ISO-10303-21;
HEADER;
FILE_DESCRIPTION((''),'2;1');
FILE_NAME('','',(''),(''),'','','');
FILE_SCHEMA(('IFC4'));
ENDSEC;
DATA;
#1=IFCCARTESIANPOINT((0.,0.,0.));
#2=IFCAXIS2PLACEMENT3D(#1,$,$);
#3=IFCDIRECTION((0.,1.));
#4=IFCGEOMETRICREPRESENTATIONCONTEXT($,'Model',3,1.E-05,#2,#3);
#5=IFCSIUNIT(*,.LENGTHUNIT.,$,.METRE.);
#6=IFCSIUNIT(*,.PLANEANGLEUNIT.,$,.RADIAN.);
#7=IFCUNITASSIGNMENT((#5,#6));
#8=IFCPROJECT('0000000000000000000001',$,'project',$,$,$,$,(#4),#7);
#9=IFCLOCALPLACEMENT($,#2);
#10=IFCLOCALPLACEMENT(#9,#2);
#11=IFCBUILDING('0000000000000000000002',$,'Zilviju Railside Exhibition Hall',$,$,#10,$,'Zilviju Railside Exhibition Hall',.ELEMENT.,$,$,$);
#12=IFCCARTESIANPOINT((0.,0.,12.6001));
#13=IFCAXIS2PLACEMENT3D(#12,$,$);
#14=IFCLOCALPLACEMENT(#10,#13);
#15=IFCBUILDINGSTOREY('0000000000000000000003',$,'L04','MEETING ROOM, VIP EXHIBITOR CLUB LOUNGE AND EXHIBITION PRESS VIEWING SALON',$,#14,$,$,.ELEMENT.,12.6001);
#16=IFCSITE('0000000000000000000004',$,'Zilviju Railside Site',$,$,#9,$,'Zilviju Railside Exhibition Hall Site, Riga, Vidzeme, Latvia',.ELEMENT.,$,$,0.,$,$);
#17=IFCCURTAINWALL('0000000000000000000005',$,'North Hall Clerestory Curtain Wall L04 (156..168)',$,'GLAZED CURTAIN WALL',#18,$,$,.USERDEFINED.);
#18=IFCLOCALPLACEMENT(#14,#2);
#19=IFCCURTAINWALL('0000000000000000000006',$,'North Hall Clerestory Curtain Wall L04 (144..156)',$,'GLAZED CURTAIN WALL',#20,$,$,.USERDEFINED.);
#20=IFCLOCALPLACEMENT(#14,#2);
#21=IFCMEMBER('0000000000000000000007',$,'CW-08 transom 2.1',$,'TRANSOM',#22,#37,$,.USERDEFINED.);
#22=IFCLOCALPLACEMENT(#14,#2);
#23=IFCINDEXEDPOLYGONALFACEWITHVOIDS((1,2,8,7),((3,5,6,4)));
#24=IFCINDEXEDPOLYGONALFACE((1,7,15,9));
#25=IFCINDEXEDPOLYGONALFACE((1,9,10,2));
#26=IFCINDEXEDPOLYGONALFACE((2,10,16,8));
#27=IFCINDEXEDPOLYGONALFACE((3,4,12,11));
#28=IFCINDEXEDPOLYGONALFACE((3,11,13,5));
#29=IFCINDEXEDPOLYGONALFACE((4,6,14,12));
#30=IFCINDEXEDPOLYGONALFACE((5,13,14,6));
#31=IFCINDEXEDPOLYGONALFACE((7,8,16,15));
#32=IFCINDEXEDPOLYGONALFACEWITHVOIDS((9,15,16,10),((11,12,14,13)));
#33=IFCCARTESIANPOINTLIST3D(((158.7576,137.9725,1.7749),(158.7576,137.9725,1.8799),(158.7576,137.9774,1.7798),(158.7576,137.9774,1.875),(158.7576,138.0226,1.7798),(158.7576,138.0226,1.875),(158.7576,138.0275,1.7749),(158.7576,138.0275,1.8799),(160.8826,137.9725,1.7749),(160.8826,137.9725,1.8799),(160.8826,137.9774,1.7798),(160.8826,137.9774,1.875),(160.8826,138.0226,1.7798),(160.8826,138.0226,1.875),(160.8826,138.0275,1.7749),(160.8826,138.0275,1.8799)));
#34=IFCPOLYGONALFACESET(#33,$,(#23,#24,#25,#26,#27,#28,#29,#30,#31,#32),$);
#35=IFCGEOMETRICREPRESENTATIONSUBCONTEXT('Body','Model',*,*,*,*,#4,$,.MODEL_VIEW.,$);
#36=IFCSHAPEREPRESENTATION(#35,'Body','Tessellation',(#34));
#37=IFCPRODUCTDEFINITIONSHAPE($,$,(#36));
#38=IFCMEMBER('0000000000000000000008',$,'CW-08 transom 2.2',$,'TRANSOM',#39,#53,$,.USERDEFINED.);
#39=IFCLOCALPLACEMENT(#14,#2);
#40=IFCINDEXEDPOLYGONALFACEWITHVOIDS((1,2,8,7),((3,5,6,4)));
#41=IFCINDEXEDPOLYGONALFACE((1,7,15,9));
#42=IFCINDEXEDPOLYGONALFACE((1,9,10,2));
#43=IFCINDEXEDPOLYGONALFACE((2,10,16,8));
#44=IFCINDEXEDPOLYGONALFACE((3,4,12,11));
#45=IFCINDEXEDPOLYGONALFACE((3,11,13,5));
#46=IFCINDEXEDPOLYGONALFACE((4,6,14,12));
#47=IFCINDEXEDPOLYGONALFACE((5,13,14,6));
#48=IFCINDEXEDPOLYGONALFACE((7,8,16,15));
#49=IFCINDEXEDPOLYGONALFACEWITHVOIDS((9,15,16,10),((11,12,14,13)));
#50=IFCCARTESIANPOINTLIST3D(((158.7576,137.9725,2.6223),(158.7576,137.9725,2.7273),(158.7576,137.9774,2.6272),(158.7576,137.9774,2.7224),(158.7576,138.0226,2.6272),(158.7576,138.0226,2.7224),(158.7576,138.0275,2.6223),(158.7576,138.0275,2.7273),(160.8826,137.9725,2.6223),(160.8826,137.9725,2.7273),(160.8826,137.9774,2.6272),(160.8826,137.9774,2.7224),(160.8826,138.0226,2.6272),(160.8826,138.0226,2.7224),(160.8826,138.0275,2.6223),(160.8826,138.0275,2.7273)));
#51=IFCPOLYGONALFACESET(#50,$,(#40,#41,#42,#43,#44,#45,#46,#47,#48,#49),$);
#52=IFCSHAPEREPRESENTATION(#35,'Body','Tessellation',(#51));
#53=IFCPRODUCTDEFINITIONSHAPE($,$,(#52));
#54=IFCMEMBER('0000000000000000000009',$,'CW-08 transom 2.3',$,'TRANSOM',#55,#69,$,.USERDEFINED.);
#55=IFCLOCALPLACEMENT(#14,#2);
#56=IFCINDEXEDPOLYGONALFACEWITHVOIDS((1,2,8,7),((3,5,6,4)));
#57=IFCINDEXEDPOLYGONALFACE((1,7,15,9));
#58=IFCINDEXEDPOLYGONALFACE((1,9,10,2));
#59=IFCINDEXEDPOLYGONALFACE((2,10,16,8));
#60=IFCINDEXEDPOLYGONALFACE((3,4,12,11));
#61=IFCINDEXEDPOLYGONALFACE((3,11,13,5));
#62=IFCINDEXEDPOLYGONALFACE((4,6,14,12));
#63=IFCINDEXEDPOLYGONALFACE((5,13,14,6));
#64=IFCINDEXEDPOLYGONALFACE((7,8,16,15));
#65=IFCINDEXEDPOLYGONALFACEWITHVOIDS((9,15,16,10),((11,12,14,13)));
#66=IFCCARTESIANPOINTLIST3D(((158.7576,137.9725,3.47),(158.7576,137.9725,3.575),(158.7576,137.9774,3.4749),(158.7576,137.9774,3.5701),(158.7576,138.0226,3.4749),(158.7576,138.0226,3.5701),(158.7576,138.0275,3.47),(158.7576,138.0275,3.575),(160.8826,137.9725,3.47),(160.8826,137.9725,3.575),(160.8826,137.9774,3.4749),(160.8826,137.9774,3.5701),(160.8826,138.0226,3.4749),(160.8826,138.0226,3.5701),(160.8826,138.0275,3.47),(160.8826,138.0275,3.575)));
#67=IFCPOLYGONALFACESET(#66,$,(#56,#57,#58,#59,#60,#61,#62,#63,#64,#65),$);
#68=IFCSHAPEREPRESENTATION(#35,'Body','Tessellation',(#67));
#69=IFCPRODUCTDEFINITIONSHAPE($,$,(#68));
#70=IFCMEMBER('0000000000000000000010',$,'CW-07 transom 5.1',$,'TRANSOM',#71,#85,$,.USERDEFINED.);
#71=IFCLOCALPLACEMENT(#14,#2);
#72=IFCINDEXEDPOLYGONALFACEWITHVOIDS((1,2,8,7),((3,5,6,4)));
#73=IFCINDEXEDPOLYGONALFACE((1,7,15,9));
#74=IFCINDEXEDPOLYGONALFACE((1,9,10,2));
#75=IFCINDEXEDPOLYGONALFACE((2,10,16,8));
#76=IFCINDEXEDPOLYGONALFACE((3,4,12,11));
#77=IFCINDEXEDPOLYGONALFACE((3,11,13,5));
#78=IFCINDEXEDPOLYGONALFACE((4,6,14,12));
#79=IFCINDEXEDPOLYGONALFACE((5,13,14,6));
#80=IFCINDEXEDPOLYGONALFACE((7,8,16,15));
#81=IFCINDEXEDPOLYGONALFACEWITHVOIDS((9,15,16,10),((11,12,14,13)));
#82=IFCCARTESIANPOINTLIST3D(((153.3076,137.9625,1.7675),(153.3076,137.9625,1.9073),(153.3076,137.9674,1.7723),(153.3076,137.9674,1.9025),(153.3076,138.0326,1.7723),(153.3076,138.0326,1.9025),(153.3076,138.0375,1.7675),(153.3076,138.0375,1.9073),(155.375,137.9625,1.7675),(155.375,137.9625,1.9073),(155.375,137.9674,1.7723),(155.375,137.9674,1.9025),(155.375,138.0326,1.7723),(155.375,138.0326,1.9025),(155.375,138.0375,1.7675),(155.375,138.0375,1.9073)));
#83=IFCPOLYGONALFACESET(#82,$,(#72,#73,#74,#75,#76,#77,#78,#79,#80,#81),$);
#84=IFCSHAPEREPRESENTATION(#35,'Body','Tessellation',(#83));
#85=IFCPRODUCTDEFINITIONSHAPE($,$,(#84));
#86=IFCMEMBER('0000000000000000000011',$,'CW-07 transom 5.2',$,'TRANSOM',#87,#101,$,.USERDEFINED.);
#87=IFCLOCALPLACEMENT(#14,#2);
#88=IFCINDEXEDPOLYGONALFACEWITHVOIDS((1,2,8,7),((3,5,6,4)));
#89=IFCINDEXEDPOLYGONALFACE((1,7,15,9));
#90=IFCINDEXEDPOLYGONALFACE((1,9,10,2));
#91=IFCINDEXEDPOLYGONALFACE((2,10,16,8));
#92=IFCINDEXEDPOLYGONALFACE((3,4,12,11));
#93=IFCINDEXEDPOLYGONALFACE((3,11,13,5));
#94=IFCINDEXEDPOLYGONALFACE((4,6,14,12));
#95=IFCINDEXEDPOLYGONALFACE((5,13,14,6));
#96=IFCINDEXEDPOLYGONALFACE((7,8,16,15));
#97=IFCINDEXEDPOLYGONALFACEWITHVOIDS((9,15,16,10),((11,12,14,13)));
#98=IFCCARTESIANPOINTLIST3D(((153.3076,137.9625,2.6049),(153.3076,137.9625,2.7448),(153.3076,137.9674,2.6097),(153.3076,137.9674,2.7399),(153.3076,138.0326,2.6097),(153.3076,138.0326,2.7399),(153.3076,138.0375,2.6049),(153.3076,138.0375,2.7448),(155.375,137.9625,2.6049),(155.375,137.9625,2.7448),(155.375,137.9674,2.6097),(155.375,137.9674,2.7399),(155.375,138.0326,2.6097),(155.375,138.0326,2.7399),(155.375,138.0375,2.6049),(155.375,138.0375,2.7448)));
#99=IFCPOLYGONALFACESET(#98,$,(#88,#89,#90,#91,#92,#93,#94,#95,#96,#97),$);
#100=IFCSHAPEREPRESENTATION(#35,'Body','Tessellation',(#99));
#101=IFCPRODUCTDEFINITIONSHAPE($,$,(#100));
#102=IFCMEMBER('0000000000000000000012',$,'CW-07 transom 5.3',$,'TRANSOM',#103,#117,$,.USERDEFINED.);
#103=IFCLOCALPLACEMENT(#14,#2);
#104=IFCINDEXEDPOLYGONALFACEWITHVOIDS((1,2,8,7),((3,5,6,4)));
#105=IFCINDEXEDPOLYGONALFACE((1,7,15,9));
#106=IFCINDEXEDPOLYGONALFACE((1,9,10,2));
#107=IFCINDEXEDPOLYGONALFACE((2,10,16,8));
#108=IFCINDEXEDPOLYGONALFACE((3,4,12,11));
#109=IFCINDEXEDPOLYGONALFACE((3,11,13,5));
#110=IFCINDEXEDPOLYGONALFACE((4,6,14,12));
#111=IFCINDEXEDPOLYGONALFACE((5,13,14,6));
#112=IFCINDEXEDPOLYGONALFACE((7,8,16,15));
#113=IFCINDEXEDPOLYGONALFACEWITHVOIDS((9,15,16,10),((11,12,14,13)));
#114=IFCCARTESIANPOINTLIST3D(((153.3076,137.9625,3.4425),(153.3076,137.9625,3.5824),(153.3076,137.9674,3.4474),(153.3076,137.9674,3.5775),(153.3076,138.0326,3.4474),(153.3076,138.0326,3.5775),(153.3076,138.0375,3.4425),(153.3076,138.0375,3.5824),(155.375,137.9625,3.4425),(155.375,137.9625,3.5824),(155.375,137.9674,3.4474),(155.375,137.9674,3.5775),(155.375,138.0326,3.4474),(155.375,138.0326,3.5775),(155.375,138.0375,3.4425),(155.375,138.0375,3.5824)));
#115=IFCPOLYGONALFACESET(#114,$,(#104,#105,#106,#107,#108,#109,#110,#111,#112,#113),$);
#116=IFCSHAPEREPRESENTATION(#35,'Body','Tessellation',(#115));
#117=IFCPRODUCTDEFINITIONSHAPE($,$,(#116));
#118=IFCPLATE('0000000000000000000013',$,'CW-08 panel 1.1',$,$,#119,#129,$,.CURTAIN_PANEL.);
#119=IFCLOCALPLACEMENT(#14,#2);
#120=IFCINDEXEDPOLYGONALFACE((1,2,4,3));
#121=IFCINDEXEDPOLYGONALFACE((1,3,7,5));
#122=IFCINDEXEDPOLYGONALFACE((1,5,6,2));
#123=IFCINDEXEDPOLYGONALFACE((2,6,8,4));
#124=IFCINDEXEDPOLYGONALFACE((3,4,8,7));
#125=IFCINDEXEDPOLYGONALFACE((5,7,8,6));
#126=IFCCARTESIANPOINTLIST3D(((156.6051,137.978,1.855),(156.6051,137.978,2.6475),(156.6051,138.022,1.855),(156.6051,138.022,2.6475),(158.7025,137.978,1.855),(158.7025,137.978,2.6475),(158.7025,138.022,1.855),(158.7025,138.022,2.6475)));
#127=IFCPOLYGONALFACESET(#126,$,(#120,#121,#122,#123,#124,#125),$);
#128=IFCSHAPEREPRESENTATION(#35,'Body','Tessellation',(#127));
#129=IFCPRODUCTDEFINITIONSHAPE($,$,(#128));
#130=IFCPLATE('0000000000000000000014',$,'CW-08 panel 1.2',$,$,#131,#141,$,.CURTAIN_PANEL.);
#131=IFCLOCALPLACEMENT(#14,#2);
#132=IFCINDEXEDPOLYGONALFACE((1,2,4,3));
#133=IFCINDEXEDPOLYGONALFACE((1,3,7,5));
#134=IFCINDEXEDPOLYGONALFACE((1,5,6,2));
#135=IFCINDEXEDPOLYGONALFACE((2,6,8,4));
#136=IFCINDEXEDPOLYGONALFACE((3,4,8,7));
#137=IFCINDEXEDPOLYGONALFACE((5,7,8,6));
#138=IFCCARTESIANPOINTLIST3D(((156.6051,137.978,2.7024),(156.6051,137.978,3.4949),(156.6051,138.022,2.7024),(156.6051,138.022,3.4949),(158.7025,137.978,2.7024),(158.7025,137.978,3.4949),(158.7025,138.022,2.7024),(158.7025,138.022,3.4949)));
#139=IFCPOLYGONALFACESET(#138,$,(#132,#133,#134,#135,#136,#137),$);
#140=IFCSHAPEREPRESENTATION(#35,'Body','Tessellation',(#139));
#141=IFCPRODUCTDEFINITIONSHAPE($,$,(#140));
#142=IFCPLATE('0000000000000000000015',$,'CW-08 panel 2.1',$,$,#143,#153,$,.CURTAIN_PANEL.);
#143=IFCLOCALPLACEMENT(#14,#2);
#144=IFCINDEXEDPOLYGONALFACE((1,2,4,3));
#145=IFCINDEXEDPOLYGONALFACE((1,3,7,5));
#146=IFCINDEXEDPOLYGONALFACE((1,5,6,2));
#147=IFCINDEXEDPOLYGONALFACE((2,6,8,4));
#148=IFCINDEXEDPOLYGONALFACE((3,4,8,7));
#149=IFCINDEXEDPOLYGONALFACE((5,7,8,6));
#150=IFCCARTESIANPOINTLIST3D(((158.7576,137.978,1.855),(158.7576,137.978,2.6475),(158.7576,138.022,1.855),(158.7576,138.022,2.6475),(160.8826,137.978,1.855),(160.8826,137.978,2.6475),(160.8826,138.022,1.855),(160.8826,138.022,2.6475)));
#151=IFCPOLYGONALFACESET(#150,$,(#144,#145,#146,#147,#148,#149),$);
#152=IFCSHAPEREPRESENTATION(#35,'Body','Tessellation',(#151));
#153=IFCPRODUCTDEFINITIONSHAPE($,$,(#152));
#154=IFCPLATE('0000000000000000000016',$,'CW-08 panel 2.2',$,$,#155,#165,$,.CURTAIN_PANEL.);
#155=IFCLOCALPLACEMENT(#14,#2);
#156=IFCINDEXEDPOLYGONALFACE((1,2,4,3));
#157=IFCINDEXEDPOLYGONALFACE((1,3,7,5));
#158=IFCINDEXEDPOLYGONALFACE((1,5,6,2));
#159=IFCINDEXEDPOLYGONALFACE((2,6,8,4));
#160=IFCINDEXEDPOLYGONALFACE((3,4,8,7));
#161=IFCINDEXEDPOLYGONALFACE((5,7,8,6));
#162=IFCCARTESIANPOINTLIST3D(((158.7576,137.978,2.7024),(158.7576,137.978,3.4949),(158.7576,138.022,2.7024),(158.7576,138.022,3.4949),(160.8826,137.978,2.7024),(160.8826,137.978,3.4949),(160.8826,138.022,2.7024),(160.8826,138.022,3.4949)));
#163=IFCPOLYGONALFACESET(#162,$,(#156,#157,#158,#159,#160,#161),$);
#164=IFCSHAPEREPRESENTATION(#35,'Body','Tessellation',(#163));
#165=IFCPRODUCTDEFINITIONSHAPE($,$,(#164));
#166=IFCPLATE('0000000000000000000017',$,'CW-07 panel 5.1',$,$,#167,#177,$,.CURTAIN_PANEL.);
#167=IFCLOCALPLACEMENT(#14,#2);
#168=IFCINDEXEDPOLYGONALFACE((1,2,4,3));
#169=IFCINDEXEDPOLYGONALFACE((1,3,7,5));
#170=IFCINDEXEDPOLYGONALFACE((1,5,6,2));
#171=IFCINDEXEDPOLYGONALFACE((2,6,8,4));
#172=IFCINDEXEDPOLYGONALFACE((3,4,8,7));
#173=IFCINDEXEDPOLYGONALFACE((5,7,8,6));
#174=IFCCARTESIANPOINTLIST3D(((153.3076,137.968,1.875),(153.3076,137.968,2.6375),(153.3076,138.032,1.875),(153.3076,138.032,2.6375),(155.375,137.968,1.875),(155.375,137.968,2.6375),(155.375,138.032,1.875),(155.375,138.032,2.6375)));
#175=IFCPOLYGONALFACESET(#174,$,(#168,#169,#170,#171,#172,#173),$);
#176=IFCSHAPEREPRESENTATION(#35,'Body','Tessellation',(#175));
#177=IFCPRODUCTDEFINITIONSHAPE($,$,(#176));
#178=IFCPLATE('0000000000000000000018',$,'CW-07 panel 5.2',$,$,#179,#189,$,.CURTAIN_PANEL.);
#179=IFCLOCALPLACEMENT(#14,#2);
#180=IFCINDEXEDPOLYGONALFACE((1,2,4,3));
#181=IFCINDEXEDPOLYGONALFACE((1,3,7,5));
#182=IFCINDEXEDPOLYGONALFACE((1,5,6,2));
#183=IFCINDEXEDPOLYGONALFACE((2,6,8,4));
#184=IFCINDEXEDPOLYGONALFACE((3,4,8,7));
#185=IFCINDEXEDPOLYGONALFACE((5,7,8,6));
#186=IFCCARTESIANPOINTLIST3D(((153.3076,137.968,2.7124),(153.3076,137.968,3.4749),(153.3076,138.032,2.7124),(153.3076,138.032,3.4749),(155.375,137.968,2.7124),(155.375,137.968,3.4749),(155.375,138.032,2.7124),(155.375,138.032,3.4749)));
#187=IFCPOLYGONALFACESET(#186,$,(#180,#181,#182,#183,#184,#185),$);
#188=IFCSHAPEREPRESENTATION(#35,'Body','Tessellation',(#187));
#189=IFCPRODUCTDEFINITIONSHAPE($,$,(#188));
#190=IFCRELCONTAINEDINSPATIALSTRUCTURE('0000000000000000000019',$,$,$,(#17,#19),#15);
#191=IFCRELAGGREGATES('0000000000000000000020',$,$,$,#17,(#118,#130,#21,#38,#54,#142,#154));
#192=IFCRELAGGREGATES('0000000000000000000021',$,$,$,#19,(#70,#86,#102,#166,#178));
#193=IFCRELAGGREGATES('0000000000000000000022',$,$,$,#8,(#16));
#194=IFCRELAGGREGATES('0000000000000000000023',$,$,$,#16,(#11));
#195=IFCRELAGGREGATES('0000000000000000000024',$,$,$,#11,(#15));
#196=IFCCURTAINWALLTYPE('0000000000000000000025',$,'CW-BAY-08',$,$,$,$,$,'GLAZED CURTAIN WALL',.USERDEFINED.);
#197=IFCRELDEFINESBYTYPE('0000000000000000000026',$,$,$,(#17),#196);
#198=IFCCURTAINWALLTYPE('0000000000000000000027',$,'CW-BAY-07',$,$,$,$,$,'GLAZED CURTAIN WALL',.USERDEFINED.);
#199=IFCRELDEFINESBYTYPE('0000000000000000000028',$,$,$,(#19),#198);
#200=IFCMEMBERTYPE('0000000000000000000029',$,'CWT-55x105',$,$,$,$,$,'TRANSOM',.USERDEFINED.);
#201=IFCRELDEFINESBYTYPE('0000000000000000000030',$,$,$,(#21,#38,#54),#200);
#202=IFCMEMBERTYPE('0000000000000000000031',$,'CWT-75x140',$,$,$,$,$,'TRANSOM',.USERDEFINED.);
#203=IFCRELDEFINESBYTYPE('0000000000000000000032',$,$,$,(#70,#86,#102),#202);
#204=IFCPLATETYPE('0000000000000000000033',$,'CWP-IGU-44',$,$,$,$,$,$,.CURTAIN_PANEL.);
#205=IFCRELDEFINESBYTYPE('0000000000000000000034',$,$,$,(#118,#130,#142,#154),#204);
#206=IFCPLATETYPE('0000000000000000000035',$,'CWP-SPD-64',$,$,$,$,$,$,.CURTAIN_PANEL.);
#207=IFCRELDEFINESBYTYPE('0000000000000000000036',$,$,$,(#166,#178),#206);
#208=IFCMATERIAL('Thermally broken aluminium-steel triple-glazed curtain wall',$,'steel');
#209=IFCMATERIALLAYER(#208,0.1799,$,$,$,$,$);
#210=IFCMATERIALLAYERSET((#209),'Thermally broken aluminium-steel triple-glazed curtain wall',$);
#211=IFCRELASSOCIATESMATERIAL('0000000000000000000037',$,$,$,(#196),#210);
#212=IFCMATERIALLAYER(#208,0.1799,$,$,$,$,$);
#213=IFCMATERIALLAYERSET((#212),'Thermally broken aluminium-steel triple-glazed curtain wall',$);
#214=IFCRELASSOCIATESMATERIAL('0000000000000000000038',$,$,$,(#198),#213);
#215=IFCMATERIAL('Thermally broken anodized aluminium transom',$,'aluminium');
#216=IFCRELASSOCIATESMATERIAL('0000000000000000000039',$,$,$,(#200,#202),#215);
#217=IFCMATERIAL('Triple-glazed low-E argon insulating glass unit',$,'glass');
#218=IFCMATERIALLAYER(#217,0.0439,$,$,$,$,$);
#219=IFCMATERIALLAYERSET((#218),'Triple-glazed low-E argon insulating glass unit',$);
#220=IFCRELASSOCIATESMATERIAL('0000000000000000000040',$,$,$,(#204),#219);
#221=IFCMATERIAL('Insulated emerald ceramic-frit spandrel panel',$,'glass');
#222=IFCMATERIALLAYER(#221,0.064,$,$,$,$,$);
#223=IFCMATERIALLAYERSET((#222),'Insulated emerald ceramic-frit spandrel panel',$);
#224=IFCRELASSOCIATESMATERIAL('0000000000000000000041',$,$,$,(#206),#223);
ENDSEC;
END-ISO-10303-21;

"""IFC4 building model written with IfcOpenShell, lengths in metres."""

from ifc_helpers import new_model, si_unit, direction, frame, origin, origin_2d, place, context, subcontext, project, spatial, rectangle, hollow_rectangle, extrude, material, layer, layer_set, material_profile, profile_set, type_object, element, aggregate, save


model = new_model("IFC4")

# Units and contexts
model_context = context("Model", 3, precision=1e-05, world=origin(), true_north=direction((0.0, 1.0)))
body_context = subcontext(model_context, "Body", "Model", "MODEL_VIEW")
ifc_project = project(units=[si_unit("LENGTHUNIT", "METRE"), si_unit("PLANEANGLEUNIT", "RADIAN")], contexts=[model_context])

# Site, building, storey
site_placement = place(None, origin())
site = spatial("IfcSite", under=ifc_project, at=site_placement, Name="Zilviju Railside Site", LongName="Zilviju Railside Exhibition Hall Site, Riga, Vidzeme, Latvia", CompositionType="ELEMENT", RefElevation=0.0)
building_placement = place(site_placement, origin())
building = spatial("IfcBuilding", under=site, at=building_placement, Name="Zilviju Railside Exhibition Hall", LongName="Zilviju Railside Exhibition Hall", CompositionType="ELEMENT")
storey_placement = place(building_placement, frame((0.0, 0.0, 12.6001)))
storey = spatial("IfcBuildingStorey", under=building, at=storey_placement, Name="L04", Description="MEETING ROOM, VIP EXHIBITOR CLUB LOUNGE AND EXHIBITION PRESS VIEWING SALON", CompositionType="ELEMENT", Elevation=12.6001)

# Curtain wall
ifc_material_1 = material(Name="Thermally broken aluminium-steel triple-glazed curtain wall", Category="steel")
ifc_layer_1 = layer(ifc_material_1, 0.1799)
ifc_layer_set_1 = layer_set([ifc_layer_1], Name="Thermally broken aluminium-steel triple-glazed curtain wall")
curtain_wall_type_1 = type_object("IfcCurtainWallType", Name="CW-BAY-08", ElementType="GLAZED CURTAIN WALL", PredefinedType="USERDEFINED", material=ifc_layer_set_1)
curtain_wall_1_placement = place(storey_placement, origin())
curtain_wall_1 = element("IfcCurtainWall", 1, at=curtain_wall_1_placement, inside=storey, type_object=curtain_wall_type_1, Name="North Hall Clerestory Curtain Wall L04 (156..168)", ObjectType="GLAZED CURTAIN WALL", PredefinedType="USERDEFINED")

# Curtain wall
ifc_layer_2 = layer(ifc_material_1, 0.1799)
ifc_layer_set_2 = layer_set([ifc_layer_2], Name="Thermally broken aluminium-steel triple-glazed curtain wall")
curtain_wall_type_2 = type_object("IfcCurtainWallType", Name="CW-BAY-07", ElementType="GLAZED CURTAIN WALL", PredefinedType="USERDEFINED", material=ifc_layer_set_2)
curtain_wall_2_placement = place(storey_placement, origin())
curtain_wall_2 = element("IfcCurtainWall", 2, at=curtain_wall_2_placement, inside=storey, type_object=curtain_wall_type_2, Name="North Hall Clerestory Curtain Wall L04 (144..156)", ObjectType="GLAZED CURTAIN WALL", PredefinedType="USERDEFINED")

# Members
ifc_material_2 = material(Name="Thermally broken anodized aluminium transom", Category="aluminium")
ifc_material_profile_1 = material_profile(ifc_material_2, hollow_rectangle(XDim=0.0549, YDim=0.105, WallThickness=0.0049, at=origin_2d()), Name="TRANSOM 105x55x5")
ifc_profile_set_1 = profile_set([ifc_material_profile_1], Name="Thermally broken anodized aluminium transom")
member_type_1 = type_object("IfcMemberType", Name="CWT-55x105", ElementType="TRANSOM", PredefinedType="USERDEFINED", material=ifc_profile_set_1)
member_1_placement = place(storey_placement, frame((158.7576, 138.0, 1.8274), z_axis=(1.0, 0.0, 0.0), x_axis=(0.0, 1.0, 0.0)))
member_1 = element("IfcMember", 3, at=member_1_placement, type_object=member_type_1, Name="CW-08 transom 2.1", ObjectType="TRANSOM", PredefinedType="USERDEFINED", context=body_context, shape_type="SweptSolid", body=[
    extrude(hollow_rectangle(XDim=0.0549, YDim=0.105, WallThickness=0.0049, at=origin_2d()), origin(), (0.0, 0.0, 1.0), 2.125),
])
member_2_placement = place(storey_placement, frame((158.7576, 138.0, 2.6748), z_axis=(1.0, 0.0, 0.0), x_axis=(0.0, 1.0, 0.0)))
member_2 = element("IfcMember", 4, at=member_2_placement, type_object=member_type_1, Name="CW-08 transom 2.2", ObjectType="TRANSOM", PredefinedType="USERDEFINED", context=body_context, shape_type="SweptSolid", body=[
    extrude(hollow_rectangle(XDim=0.0549, YDim=0.105, WallThickness=0.0049, at=origin_2d()), origin(), (0.0, 0.0, 1.0), 2.125),
])
member_3_placement = place(storey_placement, frame((158.7576, 138.0, 3.5225), z_axis=(1.0, 0.0, 0.0), x_axis=(0.0, 1.0, 0.0)))
member_3 = element("IfcMember", 5, at=member_3_placement, type_object=member_type_1, Name="CW-08 transom 2.3", ObjectType="TRANSOM", PredefinedType="USERDEFINED", context=body_context, shape_type="SweptSolid", body=[
    extrude(hollow_rectangle(XDim=0.0549, YDim=0.105, WallThickness=0.0049, at=origin_2d()), origin(), (0.0, 0.0, 1.0), 2.125),
])
ifc_material_profile_2 = material_profile(ifc_material_2, hollow_rectangle(XDim=0.075, YDim=0.1399, WallThickness=0.0049, at=origin_2d()), Name="TRANSOM 140x75x5")
ifc_profile_set_2 = profile_set([ifc_material_profile_2], Name="Thermally broken anodized aluminium transom")
member_type_2 = type_object("IfcMemberType", Name="CWT-75x140", ElementType="TRANSOM", PredefinedType="USERDEFINED", material=ifc_profile_set_2)
member_4_placement = place(storey_placement, frame((153.3076, 138.0, 1.8374), z_axis=(1.0, 0.0, 0.0), x_axis=(0.0, 1.0, 0.0)))
member_4 = element("IfcMember", 6, at=member_4_placement, type_object=member_type_2, Name="CW-07 transom 5.1", ObjectType="TRANSOM", PredefinedType="USERDEFINED", context=body_context, shape_type="SweptSolid", body=[
    extrude(hollow_rectangle(XDim=0.075, YDim=0.1399, WallThickness=0.0049, at=origin_2d()), origin(), (0.0, 0.0, 1.0), 2.0674),
])
member_5_placement = place(storey_placement, frame((153.3076, 138.0, 2.6748), z_axis=(1.0, 0.0, 0.0), x_axis=(0.0, 1.0, 0.0)))
member_5 = element("IfcMember", 7, at=member_5_placement, type_object=member_type_2, Name="CW-07 transom 5.2", ObjectType="TRANSOM", PredefinedType="USERDEFINED", context=body_context, shape_type="SweptSolid", body=[
    extrude(hollow_rectangle(XDim=0.075, YDim=0.1399, WallThickness=0.0049, at=origin_2d()), origin(), (0.0, 0.0, 1.0), 2.0674),
])
member_6_placement = place(storey_placement, frame((153.3076, 138.0, 3.5125), z_axis=(1.0, 0.0, 0.0), x_axis=(0.0, 1.0, 0.0)))
member_6 = element("IfcMember", 8, at=member_6_placement, type_object=member_type_2, Name="CW-07 transom 5.3", ObjectType="TRANSOM", PredefinedType="USERDEFINED", context=body_context, shape_type="SweptSolid", body=[
    extrude(hollow_rectangle(XDim=0.075, YDim=0.1399, WallThickness=0.0049, at=origin_2d()), origin(), (0.0, 0.0, 1.0), 2.0674),
])

# Plates
ifc_material_3 = material(Name="Triple-glazed low-E argon insulating glass unit", Category="glass")
ifc_layer_3 = layer(ifc_material_3, 0.0439)
ifc_layer_set_3 = layer_set([ifc_layer_3], Name="Triple-glazed low-E argon insulating glass unit")
plate_type_1 = type_object("IfcPlateType", Name="CWP-IGU-44", PredefinedType="CURTAIN_PANEL", material=ifc_layer_set_3)
plate_1_placement = place(storey_placement, frame((157.6538, 138.0, 1.855), z_axis=(0.0, 0.0, 1.0), x_axis=(1.0, 0.0, 0.0)))
plate_1 = element("IfcPlate", 9, at=plate_1_placement, type_object=plate_type_1, Name="CW-08 panel 1.1", PredefinedType="CURTAIN_PANEL", context=body_context, shape_type="SweptSolid", body=[
    extrude(rectangle(XDim=2.0974, YDim=0.0439, at=origin_2d()), origin(), (0.0, 0.0, 1.0), 0.7925),
])
plate_2_placement = place(storey_placement, frame((157.6538, 138.0, 2.7024), z_axis=(0.0, 0.0, 1.0), x_axis=(1.0, 0.0, 0.0)))
plate_2 = element("IfcPlate", 10, at=plate_2_placement, type_object=plate_type_1, Name="CW-08 panel 1.2", PredefinedType="CURTAIN_PANEL", context=body_context, shape_type="SweptSolid", body=[
    extrude(rectangle(XDim=2.0974, YDim=0.0439, at=origin_2d()), origin(), (0.0, 0.0, 1.0), 0.7925),
])
plate_3_placement = place(storey_placement, frame((159.8201, 138.0, 1.855), z_axis=(0.0, 0.0, 1.0), x_axis=(1.0, 0.0, 0.0)))
plate_3 = element("IfcPlate", 11, at=plate_3_placement, type_object=plate_type_1, Name="CW-08 panel 2.1", PredefinedType="CURTAIN_PANEL", context=body_context, shape_type="SweptSolid", body=[
    extrude(rectangle(XDim=2.125, YDim=0.0439, at=origin_2d()), origin(), (0.0, 0.0, 1.0), 0.7925),
])
plate_4_placement = place(storey_placement, frame((159.8201, 138.0, 2.7024), z_axis=(0.0, 0.0, 1.0), x_axis=(1.0, 0.0, 0.0)))
plate_4 = element("IfcPlate", 12, at=plate_4_placement, type_object=plate_type_1, Name="CW-08 panel 2.2", PredefinedType="CURTAIN_PANEL", context=body_context, shape_type="SweptSolid", body=[
    extrude(rectangle(XDim=2.125, YDim=0.0439, at=origin_2d()), origin(), (0.0, 0.0, 1.0), 0.7925),
])
aggregate(curtain_wall_1, [plate_1, plate_2, member_1, member_2, member_3, plate_3, plate_4])
ifc_material_4 = material(Name="Insulated emerald ceramic-frit spandrel panel", Category="glass")
ifc_layer_4 = layer(ifc_material_4, 0.064)
ifc_layer_set_4 = layer_set([ifc_layer_4], Name="Insulated emerald ceramic-frit spandrel panel")
plate_type_2 = type_object("IfcPlateType", Name="CWP-SPD-64", PredefinedType="CURTAIN_PANEL", material=ifc_layer_set_4)
plate_5_placement = place(storey_placement, frame((154.3413, 138.0, 1.875), z_axis=(0.0, 0.0, 1.0), x_axis=(1.0, 0.0, 0.0)))
plate_5 = element("IfcPlate", 13, at=plate_5_placement, type_object=plate_type_2, Name="CW-07 panel 5.1", PredefinedType="CURTAIN_PANEL", context=body_context, shape_type="SweptSolid", body=[
    extrude(rectangle(XDim=2.0674, YDim=0.064, at=origin_2d()), origin(), (0.0, 0.0, 1.0), 0.7625),
])
plate_6_placement = place(storey_placement, frame((154.3413, 138.0, 2.7124), z_axis=(0.0, 0.0, 1.0), x_axis=(1.0, 0.0, 0.0)))
plate_6 = element("IfcPlate", 14, at=plate_6_placement, type_object=plate_type_2, Name="CW-07 panel 5.2", PredefinedType="CURTAIN_PANEL", context=body_context, shape_type="SweptSolid", body=[
    extrude(rectangle(XDim=2.0674, YDim=0.064, at=origin_2d()), origin(), (0.0, 0.0, 1.0), 0.7625),
])
aggregate(curtain_wall_2, [member_4, member_5, member_6, plate_5, plate_6])

save(model, "model.ifc")
